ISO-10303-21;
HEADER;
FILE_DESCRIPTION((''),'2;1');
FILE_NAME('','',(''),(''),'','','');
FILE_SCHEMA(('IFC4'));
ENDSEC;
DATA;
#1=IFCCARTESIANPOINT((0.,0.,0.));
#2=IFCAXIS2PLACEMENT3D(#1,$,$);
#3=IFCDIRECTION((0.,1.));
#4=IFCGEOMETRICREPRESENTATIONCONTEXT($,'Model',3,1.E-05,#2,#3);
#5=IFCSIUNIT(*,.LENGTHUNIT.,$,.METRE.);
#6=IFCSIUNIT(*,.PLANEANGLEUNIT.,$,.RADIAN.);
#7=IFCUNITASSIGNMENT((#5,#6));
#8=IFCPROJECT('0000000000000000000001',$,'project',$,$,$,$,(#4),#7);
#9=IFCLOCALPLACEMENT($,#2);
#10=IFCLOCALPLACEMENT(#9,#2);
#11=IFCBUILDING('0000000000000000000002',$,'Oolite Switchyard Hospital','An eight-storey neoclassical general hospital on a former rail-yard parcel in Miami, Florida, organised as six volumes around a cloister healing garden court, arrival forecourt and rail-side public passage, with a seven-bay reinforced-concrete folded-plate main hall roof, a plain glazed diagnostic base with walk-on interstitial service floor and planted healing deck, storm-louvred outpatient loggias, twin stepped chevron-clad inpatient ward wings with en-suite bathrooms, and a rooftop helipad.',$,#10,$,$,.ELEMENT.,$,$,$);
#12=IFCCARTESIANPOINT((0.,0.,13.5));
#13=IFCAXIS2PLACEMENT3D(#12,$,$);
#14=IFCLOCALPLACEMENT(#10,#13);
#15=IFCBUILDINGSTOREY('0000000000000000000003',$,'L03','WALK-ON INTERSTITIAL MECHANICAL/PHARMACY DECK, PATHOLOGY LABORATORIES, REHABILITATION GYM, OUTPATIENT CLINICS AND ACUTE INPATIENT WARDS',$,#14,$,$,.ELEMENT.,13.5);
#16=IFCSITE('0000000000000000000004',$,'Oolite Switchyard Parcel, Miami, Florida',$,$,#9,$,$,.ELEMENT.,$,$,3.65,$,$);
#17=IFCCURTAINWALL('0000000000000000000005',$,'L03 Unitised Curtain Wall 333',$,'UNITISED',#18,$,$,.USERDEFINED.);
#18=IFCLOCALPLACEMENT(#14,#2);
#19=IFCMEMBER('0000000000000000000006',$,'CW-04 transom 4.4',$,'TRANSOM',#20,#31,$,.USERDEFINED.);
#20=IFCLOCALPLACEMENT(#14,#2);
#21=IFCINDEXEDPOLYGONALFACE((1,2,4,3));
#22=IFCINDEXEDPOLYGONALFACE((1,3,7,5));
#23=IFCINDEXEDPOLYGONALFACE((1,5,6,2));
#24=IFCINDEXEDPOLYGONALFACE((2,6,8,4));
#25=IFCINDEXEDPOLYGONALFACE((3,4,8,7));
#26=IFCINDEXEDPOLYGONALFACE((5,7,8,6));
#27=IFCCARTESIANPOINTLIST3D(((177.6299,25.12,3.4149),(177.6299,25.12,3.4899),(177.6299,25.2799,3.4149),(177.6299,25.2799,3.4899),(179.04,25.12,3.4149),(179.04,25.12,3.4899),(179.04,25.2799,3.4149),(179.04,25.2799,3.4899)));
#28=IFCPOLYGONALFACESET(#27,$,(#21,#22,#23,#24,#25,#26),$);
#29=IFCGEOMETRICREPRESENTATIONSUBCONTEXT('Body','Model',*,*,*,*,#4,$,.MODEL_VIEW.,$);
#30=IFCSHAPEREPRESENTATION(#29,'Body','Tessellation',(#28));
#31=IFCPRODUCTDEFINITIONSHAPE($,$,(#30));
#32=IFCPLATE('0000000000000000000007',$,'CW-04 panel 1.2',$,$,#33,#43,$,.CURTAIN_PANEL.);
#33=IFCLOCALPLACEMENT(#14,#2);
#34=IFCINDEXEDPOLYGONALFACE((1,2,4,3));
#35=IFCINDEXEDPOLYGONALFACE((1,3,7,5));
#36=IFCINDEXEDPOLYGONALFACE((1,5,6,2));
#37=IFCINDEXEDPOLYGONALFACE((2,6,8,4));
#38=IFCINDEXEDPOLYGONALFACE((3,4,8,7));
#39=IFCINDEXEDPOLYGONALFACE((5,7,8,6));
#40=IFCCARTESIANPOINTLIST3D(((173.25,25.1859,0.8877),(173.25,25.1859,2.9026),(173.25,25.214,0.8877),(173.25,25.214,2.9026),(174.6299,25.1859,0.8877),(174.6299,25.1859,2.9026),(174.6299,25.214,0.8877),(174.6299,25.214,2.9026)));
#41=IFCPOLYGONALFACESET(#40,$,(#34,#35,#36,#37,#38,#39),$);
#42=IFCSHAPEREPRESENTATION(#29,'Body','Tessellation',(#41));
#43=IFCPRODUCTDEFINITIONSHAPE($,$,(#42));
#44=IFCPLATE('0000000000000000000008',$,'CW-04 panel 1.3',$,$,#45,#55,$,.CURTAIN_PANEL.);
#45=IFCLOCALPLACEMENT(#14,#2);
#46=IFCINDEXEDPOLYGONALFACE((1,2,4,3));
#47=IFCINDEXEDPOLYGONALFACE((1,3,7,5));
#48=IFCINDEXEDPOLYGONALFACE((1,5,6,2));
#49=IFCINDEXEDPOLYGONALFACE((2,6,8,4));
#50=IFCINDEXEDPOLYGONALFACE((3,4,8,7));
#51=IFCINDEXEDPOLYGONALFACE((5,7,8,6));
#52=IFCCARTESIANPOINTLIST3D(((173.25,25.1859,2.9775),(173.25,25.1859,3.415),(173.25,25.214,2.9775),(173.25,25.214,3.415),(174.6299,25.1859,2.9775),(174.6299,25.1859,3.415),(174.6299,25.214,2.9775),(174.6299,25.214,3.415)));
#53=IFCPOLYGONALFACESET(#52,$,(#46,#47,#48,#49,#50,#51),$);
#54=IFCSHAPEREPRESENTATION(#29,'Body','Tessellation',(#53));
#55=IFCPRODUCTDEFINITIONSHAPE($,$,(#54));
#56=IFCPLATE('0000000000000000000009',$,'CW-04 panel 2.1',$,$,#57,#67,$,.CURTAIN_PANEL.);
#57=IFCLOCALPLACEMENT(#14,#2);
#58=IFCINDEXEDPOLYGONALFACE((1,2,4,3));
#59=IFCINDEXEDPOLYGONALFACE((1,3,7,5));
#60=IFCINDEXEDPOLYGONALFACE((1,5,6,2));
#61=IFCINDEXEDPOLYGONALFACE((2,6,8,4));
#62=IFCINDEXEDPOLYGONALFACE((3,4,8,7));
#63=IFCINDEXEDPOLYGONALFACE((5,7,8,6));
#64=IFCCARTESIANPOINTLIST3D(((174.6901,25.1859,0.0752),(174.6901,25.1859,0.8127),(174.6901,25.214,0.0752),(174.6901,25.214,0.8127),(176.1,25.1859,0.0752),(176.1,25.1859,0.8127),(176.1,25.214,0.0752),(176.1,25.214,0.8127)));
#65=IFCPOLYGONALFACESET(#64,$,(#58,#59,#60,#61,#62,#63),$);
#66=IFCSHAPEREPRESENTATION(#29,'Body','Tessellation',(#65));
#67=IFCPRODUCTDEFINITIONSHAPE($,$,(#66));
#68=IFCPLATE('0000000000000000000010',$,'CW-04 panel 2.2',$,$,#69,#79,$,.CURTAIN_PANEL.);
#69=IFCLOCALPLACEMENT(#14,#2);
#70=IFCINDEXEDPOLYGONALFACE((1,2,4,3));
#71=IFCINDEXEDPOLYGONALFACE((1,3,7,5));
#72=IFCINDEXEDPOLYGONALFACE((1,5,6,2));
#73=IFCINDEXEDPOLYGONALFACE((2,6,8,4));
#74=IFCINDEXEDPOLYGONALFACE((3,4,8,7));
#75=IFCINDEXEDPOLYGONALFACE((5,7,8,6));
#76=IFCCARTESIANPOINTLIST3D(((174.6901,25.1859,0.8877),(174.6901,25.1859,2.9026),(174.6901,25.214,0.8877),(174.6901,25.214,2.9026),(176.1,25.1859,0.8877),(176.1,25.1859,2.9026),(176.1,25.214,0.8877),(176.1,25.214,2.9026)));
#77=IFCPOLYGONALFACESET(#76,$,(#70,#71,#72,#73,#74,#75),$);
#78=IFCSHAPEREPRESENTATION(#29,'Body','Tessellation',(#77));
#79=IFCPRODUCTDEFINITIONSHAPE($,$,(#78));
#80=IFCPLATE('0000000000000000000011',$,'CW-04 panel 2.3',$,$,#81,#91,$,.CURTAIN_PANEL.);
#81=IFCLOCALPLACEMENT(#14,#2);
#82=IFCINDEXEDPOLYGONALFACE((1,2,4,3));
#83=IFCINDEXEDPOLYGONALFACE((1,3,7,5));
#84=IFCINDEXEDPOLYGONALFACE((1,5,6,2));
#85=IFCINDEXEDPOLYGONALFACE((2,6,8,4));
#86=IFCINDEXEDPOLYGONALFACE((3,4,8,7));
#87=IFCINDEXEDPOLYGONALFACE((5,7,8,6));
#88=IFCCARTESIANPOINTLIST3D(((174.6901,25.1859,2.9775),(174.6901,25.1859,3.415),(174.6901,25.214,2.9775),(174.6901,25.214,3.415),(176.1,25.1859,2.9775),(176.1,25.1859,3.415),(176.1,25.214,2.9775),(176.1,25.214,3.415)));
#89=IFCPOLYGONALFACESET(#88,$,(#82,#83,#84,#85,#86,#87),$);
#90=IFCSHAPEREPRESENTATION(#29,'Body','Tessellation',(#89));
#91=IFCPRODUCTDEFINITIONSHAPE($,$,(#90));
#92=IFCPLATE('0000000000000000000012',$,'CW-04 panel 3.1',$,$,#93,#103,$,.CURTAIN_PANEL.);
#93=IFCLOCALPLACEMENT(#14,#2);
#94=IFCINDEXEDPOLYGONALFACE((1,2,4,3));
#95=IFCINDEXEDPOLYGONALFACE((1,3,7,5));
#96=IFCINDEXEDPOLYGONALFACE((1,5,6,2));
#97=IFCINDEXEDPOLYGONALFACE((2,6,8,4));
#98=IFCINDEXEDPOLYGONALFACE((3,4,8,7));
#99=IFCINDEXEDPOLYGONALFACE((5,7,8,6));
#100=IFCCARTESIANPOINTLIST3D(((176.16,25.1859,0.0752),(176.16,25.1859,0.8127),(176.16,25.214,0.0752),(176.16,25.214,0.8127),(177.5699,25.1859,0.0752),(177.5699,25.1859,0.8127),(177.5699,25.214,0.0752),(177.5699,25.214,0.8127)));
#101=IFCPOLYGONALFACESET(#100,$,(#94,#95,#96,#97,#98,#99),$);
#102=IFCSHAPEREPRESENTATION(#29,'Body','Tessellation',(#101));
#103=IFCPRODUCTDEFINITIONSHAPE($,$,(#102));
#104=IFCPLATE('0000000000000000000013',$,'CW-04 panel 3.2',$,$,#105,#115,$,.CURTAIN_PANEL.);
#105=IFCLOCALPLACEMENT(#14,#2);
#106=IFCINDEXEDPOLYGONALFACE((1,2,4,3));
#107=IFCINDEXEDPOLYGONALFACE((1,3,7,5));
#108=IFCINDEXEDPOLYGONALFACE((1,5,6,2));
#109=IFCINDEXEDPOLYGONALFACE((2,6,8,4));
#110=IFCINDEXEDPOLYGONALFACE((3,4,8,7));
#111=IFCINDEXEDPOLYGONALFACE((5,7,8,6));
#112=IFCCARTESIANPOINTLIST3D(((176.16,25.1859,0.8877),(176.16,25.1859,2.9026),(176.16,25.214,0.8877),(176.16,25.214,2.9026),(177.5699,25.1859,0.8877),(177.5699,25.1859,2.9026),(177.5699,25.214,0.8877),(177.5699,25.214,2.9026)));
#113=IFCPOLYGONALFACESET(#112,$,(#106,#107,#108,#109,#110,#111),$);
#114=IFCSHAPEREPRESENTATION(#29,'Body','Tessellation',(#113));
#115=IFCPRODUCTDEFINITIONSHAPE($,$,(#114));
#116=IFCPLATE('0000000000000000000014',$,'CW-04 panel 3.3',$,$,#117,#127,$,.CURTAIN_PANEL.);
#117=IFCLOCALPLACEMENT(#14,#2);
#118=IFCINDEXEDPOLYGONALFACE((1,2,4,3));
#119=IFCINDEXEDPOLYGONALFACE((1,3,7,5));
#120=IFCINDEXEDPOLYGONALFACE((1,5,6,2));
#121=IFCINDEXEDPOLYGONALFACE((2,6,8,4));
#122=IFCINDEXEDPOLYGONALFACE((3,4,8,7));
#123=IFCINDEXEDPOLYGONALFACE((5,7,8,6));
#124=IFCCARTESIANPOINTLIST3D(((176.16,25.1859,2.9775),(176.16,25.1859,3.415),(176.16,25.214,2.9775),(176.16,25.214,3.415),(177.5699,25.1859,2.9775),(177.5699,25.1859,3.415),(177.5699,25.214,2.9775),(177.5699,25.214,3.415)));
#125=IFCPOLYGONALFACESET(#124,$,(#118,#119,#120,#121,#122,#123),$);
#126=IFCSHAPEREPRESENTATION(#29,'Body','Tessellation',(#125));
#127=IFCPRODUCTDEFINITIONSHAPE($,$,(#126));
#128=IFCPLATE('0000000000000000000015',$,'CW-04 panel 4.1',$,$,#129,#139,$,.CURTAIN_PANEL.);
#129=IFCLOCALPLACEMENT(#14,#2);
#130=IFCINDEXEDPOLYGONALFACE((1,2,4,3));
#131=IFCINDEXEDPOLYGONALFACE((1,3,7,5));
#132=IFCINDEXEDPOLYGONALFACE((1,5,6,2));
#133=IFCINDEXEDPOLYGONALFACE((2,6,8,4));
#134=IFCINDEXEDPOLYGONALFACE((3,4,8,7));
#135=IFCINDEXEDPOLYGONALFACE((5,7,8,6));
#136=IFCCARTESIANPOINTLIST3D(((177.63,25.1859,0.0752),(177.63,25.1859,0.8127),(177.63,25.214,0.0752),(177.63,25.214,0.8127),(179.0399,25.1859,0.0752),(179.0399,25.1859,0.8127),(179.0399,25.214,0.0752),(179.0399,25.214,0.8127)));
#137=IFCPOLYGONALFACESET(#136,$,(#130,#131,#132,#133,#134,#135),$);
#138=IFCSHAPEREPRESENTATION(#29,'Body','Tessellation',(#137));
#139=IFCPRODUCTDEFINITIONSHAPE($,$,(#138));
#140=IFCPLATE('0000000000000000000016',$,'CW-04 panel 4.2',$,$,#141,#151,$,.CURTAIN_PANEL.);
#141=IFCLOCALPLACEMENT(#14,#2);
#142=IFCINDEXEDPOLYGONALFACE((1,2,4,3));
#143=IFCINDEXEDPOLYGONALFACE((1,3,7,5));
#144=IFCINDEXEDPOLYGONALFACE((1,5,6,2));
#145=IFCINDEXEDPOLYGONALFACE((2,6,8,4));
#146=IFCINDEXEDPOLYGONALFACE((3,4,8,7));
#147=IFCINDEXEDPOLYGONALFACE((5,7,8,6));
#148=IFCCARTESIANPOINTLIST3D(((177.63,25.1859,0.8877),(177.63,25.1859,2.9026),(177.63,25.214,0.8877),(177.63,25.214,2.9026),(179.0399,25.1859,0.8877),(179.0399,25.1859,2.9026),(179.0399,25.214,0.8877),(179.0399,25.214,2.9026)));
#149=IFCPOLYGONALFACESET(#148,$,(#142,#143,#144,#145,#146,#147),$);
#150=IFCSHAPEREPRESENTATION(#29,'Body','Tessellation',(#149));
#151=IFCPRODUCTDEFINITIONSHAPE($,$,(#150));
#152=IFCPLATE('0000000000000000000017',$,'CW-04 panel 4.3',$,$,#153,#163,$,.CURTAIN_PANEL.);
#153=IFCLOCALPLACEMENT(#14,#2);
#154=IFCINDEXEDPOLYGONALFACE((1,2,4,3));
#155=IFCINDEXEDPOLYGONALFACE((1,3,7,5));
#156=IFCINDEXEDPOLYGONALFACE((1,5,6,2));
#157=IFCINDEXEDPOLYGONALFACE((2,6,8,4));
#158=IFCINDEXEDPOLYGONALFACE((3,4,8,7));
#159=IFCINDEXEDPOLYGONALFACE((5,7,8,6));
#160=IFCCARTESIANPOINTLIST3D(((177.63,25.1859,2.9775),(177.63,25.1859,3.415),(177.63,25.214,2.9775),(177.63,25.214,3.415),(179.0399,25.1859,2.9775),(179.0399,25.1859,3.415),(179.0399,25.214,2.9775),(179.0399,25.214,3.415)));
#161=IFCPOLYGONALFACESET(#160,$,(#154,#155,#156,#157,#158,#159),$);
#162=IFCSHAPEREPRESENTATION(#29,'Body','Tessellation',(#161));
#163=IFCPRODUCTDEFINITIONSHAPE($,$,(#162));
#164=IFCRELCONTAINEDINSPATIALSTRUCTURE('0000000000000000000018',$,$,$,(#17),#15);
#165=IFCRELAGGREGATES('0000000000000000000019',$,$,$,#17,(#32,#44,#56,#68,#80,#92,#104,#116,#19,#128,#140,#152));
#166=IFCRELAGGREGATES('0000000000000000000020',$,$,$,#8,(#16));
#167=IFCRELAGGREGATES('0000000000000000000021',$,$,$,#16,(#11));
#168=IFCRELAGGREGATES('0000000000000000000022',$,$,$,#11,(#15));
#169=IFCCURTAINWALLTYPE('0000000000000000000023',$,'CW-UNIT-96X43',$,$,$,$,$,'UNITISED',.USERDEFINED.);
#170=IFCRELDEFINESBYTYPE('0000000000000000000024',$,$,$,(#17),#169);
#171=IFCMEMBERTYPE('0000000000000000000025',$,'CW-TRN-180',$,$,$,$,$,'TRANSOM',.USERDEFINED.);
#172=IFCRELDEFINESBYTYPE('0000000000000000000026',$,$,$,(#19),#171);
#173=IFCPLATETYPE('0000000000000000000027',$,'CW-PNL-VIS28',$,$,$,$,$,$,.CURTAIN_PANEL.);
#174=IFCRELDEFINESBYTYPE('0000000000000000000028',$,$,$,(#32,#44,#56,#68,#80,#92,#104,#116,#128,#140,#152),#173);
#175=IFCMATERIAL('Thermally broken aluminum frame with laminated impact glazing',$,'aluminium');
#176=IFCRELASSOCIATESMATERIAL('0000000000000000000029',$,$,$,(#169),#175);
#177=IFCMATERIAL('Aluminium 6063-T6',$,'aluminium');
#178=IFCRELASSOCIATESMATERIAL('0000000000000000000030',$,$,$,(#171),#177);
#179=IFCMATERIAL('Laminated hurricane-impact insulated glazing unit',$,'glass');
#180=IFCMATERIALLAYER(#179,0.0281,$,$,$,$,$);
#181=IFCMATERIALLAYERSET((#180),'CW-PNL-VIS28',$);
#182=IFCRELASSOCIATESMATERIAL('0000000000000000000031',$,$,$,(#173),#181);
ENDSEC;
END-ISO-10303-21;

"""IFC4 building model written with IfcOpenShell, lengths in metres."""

from ifc_helpers import new_model, si_unit, direction, frame, origin, origin_2d, place, context, subcontext, project, spatial, rectangle, extrude, material, layer, layer_set, material_profile, profile_set, type_object, element, aggregate, save


model = new_model("IFC4")

# Units and contexts
model_context = context("Model", 3, precision=1e-05, world=origin(), true_north=direction((0.0, 1.0)))
body_context = subcontext(model_context, "Body", "Model", "MODEL_VIEW")
ifc_project = project(units=[si_unit("LENGTHUNIT", "METRE"), si_unit("PLANEANGLEUNIT", "RADIAN")], contexts=[model_context])

# Site, building, storey
site_placement = place(None, origin())
site = spatial("IfcSite", under=ifc_project, at=site_placement, Name="Oolite Switchyard Parcel, Miami, Florida", CompositionType="ELEMENT", RefElevation=3.65)
building_placement = place(site_placement, origin())
building = spatial("IfcBuilding", under=site, at=building_placement, Name="Oolite Switchyard Hospital", Description="An eight-storey neoclassical general hospital on a former rail-yard parcel in Miami, Florida, organised as six volumes around a cloister healing garden court, arrival forecourt and rail-side public passage, with a seven-bay reinforced-concrete folded-plate main hall roof, a plain glazed diagnostic base with walk-on interstitial service floor and planted healing deck, storm-louvred outpatient loggias, twin stepped chevron-clad inpatient ward wings with en-suite bathrooms, and a rooftop helipad.", CompositionType="ELEMENT")
storey_placement = place(building_placement, frame((0.0, 0.0, 13.5)))
storey = spatial("IfcBuildingStorey", under=building, at=storey_placement, Name="L03", Description="WALK-ON INTERSTITIAL MECHANICAL/PHARMACY DECK, PATHOLOGY LABORATORIES, REHABILITATION GYM, OUTPATIENT CLINICS AND ACUTE INPATIENT WARDS", CompositionType="ELEMENT", Elevation=13.5)

# Curtain wall, member, plates
ifc_material_1 = material(Name="Thermally broken aluminum frame with laminated impact glazing", Category="aluminium")
curtain_wall_type = type_object("IfcCurtainWallType", Name="CW-UNIT-96X43", ElementType="UNITISED", PredefinedType="USERDEFINED", material=ifc_material_1)
curtain_wall_placement = place(storey_placement, origin())
curtain_wall = element("IfcCurtainWall", 1, at=curtain_wall_placement, inside=storey, type_object=curtain_wall_type, Name="L03 Unitised Curtain Wall 333", ObjectType="UNITISED", PredefinedType="USERDEFINED")
ifc_material_2 = material(Name="Aluminium 6063-T6", Category="aluminium")
ifc_material_profile_1 = material_profile(ifc_material_2, rectangle(XDim=0.1599, YDim=0.075, at=origin_2d()), Name="CWT75X160")
ifc_profile_set_1 = profile_set([ifc_material_profile_1], Name="Aluminium 6063-T6")
member_type_1 = type_object("IfcMemberType", Name="CW-TRN-180", ElementType="TRANSOM", PredefinedType="USERDEFINED", material=ifc_profile_set_1)
member_1_placement = place(storey_placement, frame((177.6299, 25.2, 3.4524), z_axis=(1.0, 0.0, 0.0), x_axis=(0.0, 1.0, 0.0)))
member_1 = element("IfcMember", 2, at=member_1_placement, type_object=member_type_1, Name="CW-04 transom 4.4", ObjectType="TRANSOM", PredefinedType="USERDEFINED", context=body_context, shape_type="SweptSolid", body=[
    extrude(rectangle(XDim=0.1599, YDim=0.075, at=origin_2d()), origin(), (0.0, 0.0, 1.0), 1.4102),
])
ifc_material_3 = material(Name="Laminated hurricane-impact insulated glazing unit", Category="glass")
ifc_layer = layer(ifc_material_3, 0.0281)
ifc_layer_set = layer_set([ifc_layer], Name="CW-PNL-VIS28")
plate_type = type_object("IfcPlateType", Name="CW-PNL-VIS28", PredefinedType="CURTAIN_PANEL", material=ifc_layer_set)
plate_1_placement = place(storey_placement, frame((173.9399, 25.2, 0.8877), z_axis=(0.0, 0.0, 1.0), x_axis=(1.0, 0.0, 0.0)))
plate_1 = element("IfcPlate", 3, at=plate_1_placement, type_object=plate_type, Name="CW-04 panel 1.2", PredefinedType="CURTAIN_PANEL", context=body_context, shape_type="SweptSolid", body=[
    extrude(rectangle(XDim=1.3799, YDim=0.0281, at=origin_2d()), origin(), (0.0, 0.0, 1.0), 2.0149),
])
plate_2_placement = place(storey_placement, frame((173.9399, 25.2, 2.9775), z_axis=(0.0, 0.0, 1.0), x_axis=(1.0, 0.0, 0.0)))
plate_2 = element("IfcPlate", 4, at=plate_2_placement, type_object=plate_type, Name="CW-04 panel 1.3", PredefinedType="CURTAIN_PANEL", context=body_context, shape_type="SweptSolid", body=[
    extrude(rectangle(XDim=1.3799, YDim=0.0281, at=origin_2d()), origin(), (0.0, 0.0, 1.0), 0.4375),
])
plate_3_placement = place(storey_placement, frame((175.395, 25.2, 0.0752), z_axis=(0.0, 0.0, 1.0), x_axis=(1.0, 0.0, 0.0)))
plate_3 = element("IfcPlate", 5, at=plate_3_placement, type_object=plate_type, Name="CW-04 panel 2.1", PredefinedType="CURTAIN_PANEL", context=body_context, shape_type="SweptSolid", body=[
    extrude(rectangle(XDim=1.4099, YDim=0.0281, at=origin_2d()), origin(), (0.0, 0.0, 1.0), 0.7375),
])
plate_4_placement = place(storey_placement, frame((175.395, 25.2, 0.8877), z_axis=(0.0, 0.0, 1.0), x_axis=(1.0, 0.0, 0.0)))
plate_4 = element("IfcPlate", 6, at=plate_4_placement, type_object=plate_type, Name="CW-04 panel 2.2", PredefinedType="CURTAIN_PANEL", context=body_context, shape_type="SweptSolid", body=[
    extrude(rectangle(XDim=1.4099, YDim=0.0281, at=origin_2d()), origin(), (0.0, 0.0, 1.0), 2.0149),
])
plate_5_placement = place(storey_placement, frame((175.395, 25.2, 2.9775), z_axis=(0.0, 0.0, 1.0), x_axis=(1.0, 0.0, 0.0)))
plate_5 = element("IfcPlate", 7, at=plate_5_placement, type_object=plate_type, Name="CW-04 panel 2.3", PredefinedType="CURTAIN_PANEL", context=body_context, shape_type="SweptSolid", body=[
    extrude(rectangle(XDim=1.4099, YDim=0.0281, at=origin_2d()), origin(), (0.0, 0.0, 1.0), 0.4375),
])
plate_6_placement = place(storey_placement, frame((176.865, 25.2, 0.0752), z_axis=(0.0, 0.0, 1.0), x_axis=(1.0, 0.0, 0.0)))
plate_6 = element("IfcPlate", 8, at=plate_6_placement, type_object=plate_type, Name="CW-04 panel 3.1", PredefinedType="CURTAIN_PANEL", context=body_context, shape_type="SweptSolid", body=[
    extrude(rectangle(XDim=1.4099, YDim=0.0281, at=origin_2d()), origin(), (0.0, 0.0, 1.0), 0.7375),
])
plate_7_placement = place(storey_placement, frame((176.865, 25.2, 0.8877), z_axis=(0.0, 0.0, 1.0), x_axis=(1.0, 0.0, 0.0)))
plate_7 = element("IfcPlate", 9, at=plate_7_placement, type_object=plate_type, Name="CW-04 panel 3.2", PredefinedType="CURTAIN_PANEL", context=body_context, shape_type="SweptSolid", body=[
    extrude(rectangle(XDim=1.4099, YDim=0.0281, at=origin_2d()), origin(), (0.0, 0.0, 1.0), 2.0149),
])
plate_8_placement = place(storey_placement, frame((176.865, 25.2, 2.9775), z_axis=(0.0, 0.0, 1.0), x_axis=(1.0, 0.0, 0.0)))
plate_8 = element("IfcPlate", 10, at=plate_8_placement, type_object=plate_type, Name="CW-04 panel 3.3", PredefinedType="CURTAIN_PANEL", context=body_context, shape_type="SweptSolid", body=[
    extrude(rectangle(XDim=1.4099, YDim=0.0281, at=origin_2d()), origin(), (0.0, 0.0, 1.0), 0.4375),
])
plate_9_placement = place(storey_placement, frame((178.335, 25.2, 0.0752), z_axis=(0.0, 0.0, 1.0), x_axis=(1.0, 0.0, 0.0)))
plate_9 = element("IfcPlate", 11, at=plate_9_placement, type_object=plate_type, Name="CW-04 panel 4.1", PredefinedType="CURTAIN_PANEL", context=body_context, shape_type="SweptSolid", body=[
    extrude(rectangle(XDim=1.4099, YDim=0.0281, at=origin_2d()), origin(), (0.0, 0.0, 1.0), 0.7375),
])
plate_10_placement = place(storey_placement, frame((178.335, 25.2, 0.8877), z_axis=(0.0, 0.0, 1.0), x_axis=(1.0, 0.0, 0.0)))
plate_10 = element("IfcPlate", 12, at=plate_10_placement, type_object=plate_type, Name="CW-04 panel 4.2", PredefinedType="CURTAIN_PANEL", context=body_context, shape_type="SweptSolid", body=[
    extrude(rectangle(XDim=1.4099, YDim=0.0281, at=origin_2d()), origin(), (0.0, 0.0, 1.0), 2.0149),
])
plate_11_placement = place(storey_placement, frame((178.335, 25.2, 2.9775), z_axis=(0.0, 0.0, 1.0), x_axis=(1.0, 0.0, 0.0)))
plate_11 = element("IfcPlate", 13, at=plate_11_placement, type_object=plate_type, Name="CW-04 panel 4.3", PredefinedType="CURTAIN_PANEL", context=body_context, shape_type="SweptSolid", body=[
    extrude(rectangle(XDim=1.4099, YDim=0.0281, at=origin_2d()), origin(), (0.0, 0.0, 1.0), 0.4375),
])
aggregate(curtain_wall, [plate_1, plate_2, plate_3, plate_4, plate_5, plate_6, plate_7, plate_8, member_1, plate_9, plate_10, plate_11])

save(model, "model.ifc")
